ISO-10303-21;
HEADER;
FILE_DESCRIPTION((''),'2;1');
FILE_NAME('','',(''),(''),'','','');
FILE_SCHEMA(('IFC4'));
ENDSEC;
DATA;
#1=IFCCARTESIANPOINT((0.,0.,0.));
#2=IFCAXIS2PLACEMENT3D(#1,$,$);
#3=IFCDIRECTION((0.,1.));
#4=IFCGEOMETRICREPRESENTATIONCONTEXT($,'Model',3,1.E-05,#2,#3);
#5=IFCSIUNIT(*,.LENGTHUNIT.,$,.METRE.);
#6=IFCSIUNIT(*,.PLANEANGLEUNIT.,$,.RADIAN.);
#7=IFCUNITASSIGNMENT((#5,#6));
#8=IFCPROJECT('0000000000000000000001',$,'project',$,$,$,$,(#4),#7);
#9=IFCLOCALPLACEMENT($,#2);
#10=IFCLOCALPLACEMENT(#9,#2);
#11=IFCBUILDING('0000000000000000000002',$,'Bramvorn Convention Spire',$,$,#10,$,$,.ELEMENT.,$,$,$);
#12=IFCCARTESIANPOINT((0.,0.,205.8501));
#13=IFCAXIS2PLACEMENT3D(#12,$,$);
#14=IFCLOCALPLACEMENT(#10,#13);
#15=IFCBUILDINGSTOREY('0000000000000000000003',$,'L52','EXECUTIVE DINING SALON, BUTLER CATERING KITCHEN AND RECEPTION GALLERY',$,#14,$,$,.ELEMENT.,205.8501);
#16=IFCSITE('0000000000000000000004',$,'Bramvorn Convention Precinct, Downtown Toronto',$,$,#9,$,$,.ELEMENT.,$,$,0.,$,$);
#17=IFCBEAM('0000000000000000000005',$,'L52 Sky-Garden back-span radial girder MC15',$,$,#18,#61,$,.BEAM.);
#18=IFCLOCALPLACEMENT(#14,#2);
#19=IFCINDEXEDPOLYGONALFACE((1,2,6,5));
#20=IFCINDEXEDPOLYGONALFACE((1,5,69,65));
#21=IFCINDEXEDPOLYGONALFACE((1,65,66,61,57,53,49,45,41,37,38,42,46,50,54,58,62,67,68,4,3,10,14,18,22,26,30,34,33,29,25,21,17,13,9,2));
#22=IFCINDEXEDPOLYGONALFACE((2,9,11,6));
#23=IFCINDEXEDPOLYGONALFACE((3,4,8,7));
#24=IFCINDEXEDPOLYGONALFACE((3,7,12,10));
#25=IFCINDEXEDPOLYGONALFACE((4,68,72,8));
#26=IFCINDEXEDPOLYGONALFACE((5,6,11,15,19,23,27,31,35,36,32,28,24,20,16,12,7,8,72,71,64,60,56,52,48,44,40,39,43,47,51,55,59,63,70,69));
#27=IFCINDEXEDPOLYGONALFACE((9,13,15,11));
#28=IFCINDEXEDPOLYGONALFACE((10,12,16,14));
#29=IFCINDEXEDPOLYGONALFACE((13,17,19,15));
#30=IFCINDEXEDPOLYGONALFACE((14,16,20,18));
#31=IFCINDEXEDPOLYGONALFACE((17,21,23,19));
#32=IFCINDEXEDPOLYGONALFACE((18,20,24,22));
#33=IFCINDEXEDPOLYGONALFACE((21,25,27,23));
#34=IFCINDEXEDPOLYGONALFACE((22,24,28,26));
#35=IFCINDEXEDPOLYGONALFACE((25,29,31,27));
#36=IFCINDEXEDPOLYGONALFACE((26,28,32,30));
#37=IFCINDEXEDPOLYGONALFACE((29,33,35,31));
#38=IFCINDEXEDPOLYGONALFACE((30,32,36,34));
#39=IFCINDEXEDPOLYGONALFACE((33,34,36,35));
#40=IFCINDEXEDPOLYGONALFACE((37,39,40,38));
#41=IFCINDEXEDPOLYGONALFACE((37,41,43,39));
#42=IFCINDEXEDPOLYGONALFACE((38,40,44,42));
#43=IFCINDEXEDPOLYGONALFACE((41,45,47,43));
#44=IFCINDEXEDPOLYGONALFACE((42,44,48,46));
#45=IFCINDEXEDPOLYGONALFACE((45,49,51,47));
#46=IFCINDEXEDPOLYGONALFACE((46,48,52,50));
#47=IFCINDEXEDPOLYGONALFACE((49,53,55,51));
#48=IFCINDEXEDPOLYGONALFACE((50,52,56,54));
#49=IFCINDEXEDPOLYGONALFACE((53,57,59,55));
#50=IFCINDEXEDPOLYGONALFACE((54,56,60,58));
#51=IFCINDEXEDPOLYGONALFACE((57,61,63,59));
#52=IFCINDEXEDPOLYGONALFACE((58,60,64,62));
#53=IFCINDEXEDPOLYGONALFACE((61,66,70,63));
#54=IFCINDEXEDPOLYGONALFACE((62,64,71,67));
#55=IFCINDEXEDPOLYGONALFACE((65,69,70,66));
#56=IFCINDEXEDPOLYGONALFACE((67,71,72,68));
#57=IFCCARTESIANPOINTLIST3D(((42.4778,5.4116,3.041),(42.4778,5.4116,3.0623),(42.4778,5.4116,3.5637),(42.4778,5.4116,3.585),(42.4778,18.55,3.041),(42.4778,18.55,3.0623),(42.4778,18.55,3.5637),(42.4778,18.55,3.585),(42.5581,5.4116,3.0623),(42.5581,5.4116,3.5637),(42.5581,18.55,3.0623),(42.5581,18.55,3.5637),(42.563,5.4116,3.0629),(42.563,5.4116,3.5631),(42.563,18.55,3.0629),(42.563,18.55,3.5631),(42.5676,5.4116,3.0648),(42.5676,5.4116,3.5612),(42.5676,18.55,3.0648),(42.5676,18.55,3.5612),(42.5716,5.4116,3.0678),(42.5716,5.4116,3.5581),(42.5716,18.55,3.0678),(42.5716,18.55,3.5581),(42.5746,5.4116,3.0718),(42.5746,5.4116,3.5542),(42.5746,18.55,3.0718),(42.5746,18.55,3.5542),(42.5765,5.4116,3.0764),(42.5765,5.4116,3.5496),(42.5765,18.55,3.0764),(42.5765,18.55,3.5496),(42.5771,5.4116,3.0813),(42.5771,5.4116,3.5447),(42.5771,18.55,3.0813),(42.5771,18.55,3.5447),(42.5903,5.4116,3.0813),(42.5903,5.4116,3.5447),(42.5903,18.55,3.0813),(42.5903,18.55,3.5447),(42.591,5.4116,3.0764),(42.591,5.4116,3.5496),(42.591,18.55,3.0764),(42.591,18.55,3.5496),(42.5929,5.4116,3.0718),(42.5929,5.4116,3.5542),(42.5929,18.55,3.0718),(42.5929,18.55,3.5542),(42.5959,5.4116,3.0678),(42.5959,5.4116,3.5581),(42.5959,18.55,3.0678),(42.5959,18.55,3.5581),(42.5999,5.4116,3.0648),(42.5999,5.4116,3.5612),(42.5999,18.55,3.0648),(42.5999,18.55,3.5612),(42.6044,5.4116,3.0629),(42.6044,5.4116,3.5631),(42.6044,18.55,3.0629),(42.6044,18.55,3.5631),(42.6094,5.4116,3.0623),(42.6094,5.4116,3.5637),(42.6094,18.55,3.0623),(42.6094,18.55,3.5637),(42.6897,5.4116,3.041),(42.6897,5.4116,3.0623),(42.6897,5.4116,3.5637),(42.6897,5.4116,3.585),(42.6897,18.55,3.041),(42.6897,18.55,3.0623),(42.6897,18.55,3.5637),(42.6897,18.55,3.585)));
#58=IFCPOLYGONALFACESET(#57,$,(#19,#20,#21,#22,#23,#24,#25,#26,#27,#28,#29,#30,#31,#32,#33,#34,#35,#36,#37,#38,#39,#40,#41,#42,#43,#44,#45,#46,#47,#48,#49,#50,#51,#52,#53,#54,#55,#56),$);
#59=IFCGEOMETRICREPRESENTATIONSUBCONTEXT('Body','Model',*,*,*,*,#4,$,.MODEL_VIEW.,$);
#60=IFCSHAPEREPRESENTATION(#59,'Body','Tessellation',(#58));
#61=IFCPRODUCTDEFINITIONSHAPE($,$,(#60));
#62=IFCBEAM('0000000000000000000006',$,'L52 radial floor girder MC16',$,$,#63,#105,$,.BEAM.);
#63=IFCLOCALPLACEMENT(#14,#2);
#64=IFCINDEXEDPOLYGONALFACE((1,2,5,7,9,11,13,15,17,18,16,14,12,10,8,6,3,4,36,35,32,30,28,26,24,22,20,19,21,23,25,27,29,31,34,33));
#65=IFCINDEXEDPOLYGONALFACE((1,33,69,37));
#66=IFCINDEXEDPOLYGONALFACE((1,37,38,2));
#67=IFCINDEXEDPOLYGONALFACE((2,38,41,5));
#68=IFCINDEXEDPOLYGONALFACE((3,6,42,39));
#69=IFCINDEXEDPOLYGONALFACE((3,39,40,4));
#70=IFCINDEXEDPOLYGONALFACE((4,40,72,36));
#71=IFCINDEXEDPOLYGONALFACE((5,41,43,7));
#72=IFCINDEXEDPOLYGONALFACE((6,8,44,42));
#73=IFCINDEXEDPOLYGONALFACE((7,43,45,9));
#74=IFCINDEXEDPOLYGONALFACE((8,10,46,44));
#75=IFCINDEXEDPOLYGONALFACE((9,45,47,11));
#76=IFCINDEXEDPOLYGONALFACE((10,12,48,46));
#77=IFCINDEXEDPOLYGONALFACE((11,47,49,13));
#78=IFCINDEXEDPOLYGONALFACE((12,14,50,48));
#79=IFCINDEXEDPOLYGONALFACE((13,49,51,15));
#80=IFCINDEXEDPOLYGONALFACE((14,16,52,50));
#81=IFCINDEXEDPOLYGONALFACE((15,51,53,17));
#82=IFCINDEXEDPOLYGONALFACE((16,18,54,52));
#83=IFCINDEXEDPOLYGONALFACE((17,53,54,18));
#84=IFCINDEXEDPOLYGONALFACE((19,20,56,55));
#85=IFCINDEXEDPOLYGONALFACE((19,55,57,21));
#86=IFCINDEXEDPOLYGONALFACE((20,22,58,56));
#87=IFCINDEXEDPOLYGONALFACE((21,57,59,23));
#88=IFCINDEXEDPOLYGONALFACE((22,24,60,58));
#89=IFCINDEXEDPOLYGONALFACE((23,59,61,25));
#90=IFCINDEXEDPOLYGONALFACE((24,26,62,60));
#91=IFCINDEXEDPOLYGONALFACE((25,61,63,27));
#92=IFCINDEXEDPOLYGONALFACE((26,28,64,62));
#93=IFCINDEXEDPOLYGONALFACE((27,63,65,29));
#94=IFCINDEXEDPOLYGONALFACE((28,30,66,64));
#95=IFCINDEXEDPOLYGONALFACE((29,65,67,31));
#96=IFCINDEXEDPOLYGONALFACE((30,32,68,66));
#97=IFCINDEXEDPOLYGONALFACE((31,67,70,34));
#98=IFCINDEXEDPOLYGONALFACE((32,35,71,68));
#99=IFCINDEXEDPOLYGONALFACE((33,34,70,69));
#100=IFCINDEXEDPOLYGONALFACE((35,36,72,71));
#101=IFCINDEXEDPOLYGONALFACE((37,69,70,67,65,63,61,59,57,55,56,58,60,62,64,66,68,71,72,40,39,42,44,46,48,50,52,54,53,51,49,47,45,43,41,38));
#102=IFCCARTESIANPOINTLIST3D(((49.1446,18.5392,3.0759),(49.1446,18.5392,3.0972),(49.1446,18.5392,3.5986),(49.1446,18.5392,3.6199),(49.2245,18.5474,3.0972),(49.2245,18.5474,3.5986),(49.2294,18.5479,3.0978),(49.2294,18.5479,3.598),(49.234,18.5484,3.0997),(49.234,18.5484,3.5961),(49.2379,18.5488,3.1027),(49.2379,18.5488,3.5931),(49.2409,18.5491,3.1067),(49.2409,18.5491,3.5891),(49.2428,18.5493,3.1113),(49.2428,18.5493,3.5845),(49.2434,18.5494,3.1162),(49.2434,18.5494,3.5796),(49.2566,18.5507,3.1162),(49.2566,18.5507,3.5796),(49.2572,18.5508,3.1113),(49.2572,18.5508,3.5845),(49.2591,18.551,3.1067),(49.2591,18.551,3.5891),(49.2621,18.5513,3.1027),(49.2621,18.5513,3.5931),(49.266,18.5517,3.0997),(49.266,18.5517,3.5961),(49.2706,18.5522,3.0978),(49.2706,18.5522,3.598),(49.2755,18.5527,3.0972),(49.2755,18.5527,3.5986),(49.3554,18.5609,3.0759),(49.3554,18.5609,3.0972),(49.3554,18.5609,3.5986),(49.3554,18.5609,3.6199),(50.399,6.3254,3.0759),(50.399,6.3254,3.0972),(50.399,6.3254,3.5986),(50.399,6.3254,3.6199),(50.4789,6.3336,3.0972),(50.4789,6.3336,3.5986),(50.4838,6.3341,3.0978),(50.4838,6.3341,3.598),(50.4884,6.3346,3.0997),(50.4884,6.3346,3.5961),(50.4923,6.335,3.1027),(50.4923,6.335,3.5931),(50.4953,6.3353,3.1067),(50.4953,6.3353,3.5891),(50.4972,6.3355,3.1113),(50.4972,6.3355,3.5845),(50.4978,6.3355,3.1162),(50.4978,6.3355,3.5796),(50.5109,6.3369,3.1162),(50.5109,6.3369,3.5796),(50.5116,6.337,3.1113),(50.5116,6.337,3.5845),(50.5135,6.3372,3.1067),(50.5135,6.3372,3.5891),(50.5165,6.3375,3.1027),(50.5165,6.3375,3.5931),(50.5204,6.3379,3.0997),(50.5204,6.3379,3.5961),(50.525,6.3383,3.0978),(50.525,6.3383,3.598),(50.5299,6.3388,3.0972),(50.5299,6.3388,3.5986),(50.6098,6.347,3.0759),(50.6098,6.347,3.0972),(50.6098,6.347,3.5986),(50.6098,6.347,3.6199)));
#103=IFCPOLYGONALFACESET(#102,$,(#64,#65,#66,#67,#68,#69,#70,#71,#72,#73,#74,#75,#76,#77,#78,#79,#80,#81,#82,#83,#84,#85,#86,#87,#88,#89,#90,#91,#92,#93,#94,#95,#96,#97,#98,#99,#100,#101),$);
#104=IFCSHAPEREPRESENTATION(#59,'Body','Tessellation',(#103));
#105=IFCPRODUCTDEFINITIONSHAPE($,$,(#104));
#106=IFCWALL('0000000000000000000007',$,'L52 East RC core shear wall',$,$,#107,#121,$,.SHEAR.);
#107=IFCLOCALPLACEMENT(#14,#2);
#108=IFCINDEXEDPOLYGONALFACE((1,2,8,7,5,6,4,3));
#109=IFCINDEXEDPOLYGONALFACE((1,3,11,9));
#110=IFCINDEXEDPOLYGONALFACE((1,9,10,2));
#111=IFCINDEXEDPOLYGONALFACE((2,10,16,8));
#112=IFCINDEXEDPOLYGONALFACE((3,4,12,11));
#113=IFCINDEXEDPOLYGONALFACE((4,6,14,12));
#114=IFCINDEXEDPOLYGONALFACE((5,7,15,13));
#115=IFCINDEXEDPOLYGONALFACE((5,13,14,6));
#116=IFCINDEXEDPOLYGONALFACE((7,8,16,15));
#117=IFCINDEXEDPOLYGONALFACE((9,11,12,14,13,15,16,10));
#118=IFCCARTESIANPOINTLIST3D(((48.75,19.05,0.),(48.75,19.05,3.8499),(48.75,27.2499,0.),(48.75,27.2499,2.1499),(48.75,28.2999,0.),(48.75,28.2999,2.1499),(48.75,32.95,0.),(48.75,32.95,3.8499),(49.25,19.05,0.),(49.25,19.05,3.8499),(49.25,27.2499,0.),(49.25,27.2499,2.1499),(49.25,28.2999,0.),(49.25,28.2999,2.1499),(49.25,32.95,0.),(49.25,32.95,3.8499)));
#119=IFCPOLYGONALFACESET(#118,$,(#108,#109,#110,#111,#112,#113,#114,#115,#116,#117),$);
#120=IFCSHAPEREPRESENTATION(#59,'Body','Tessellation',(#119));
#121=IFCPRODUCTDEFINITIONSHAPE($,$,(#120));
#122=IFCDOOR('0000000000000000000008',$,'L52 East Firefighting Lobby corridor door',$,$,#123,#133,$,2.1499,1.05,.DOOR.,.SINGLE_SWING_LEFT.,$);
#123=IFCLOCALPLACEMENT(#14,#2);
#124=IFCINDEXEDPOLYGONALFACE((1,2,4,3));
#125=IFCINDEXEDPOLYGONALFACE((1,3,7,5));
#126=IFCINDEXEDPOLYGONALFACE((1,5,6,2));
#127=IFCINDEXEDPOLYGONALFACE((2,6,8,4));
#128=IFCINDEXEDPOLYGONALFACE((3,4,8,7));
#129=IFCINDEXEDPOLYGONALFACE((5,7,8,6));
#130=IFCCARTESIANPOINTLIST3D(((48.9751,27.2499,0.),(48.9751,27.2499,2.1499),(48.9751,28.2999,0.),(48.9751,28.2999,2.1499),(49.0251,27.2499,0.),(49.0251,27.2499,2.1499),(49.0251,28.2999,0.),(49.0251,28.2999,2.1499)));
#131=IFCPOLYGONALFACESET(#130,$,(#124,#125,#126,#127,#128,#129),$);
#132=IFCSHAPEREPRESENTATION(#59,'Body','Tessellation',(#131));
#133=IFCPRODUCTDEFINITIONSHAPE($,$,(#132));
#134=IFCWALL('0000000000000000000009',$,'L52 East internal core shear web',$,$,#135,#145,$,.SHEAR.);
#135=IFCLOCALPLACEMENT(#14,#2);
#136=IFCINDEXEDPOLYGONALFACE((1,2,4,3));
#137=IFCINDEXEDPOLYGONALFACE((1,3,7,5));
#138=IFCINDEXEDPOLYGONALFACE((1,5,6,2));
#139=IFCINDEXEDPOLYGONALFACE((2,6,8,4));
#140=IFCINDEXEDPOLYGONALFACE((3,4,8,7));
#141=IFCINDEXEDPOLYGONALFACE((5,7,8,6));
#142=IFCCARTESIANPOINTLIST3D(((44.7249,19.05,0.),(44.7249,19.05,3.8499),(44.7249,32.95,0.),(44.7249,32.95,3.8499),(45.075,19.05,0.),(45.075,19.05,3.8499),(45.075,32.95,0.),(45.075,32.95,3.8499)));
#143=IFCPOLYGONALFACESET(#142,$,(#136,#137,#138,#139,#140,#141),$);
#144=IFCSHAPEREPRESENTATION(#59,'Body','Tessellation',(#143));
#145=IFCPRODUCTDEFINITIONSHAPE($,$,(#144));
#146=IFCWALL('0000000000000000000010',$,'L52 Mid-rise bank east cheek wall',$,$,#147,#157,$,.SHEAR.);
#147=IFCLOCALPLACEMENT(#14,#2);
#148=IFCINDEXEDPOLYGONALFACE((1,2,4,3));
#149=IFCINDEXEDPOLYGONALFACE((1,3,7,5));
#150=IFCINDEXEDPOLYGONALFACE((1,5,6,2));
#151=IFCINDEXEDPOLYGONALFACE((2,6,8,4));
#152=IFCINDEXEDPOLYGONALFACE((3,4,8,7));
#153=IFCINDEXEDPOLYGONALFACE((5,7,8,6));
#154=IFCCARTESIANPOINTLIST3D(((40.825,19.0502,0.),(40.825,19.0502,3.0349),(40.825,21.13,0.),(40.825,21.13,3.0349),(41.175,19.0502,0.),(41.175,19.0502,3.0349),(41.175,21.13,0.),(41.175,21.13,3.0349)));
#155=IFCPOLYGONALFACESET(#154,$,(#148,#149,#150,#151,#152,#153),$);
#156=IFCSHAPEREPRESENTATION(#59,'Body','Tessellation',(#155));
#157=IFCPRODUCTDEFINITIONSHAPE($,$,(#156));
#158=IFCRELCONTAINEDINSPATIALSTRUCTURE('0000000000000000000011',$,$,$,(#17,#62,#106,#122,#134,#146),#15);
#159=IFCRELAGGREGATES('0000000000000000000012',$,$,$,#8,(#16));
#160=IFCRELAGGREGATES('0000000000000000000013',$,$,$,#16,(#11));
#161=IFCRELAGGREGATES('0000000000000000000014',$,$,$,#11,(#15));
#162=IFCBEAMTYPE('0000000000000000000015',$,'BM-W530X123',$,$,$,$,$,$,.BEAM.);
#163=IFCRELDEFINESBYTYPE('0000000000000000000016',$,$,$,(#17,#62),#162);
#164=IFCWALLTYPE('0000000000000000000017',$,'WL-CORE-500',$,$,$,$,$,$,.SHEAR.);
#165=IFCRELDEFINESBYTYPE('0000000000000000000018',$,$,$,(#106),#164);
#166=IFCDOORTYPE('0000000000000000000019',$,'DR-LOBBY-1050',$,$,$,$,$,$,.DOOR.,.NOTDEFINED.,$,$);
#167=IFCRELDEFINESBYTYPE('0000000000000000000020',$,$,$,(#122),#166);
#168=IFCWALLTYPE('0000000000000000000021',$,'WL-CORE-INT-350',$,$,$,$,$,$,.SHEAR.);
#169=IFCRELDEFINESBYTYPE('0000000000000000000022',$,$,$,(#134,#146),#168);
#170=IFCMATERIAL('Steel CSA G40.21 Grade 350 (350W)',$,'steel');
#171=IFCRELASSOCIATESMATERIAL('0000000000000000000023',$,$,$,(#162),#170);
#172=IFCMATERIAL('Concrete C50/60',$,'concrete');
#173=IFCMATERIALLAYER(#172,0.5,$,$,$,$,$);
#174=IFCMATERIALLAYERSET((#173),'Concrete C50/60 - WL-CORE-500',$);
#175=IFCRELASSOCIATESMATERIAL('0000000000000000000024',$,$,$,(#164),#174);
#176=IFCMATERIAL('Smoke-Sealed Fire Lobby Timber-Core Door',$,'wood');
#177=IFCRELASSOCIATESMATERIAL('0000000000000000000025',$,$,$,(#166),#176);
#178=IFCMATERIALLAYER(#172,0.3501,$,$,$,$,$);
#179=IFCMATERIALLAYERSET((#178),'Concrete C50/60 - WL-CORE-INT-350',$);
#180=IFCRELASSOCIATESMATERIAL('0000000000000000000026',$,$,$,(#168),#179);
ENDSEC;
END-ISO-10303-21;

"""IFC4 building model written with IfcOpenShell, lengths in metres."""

from ifc_helpers import new_model, si_unit, direction, frame, frame_2d, origin, origin_2d, place, context, subcontext, project, spatial, rectangle, i_section, extrude, material, layer, layer_set, material_profile, profile_set, type_object, element, fill, save


model = new_model("IFC4")

# Units and contexts
model_context = context("Model", 3, precision=1e-05, world=origin(), true_north=direction((0.0, 1.0)))
body_context = subcontext(model_context, "Body", "Model", "MODEL_VIEW")
ifc_project = project(units=[si_unit("LENGTHUNIT", "METRE"), si_unit("PLANEANGLEUNIT", "RADIAN")], contexts=[model_context])

# Site, building, storey
site_placement = place(None, origin())
site = spatial("IfcSite", under=ifc_project, at=site_placement, Name="Bramvorn Convention Precinct, Downtown Toronto", CompositionType="ELEMENT", RefElevation=0.0)
building_placement = place(site_placement, origin())
building = spatial("IfcBuilding", under=site, at=building_placement, Name="Bramvorn Convention Spire", CompositionType="ELEMENT")
storey_placement = place(building_placement, frame((0.0, 0.0, 205.8501)))
storey = spatial("IfcBuildingStorey", under=building, at=storey_placement, Name="L52", Description="EXECUTIVE DINING SALON, BUTLER CATERING KITCHEN AND RECEPTION GALLERY", CompositionType="ELEMENT", Elevation=205.8501)

# Beams
ifc_material_1 = material(Name="Steel CSA G40.21 Grade 350 (350W)", Category="steel")
ifc_material_profile_1 = material_profile(ifc_material_1, i_section(OverallWidth=0.2119, OverallDepth=0.5439, WebThickness=0.0132, FlangeThickness=0.0212, FilletRadius=0.019, at=origin_2d()))
ifc_profile_set_1 = profile_set([ifc_material_profile_1], Name="Steel CSA G40.21 Grade 350 (350W) - W530X123")
beam_type_1 = type_object("IfcBeamType", Name="BM-W530X123", PredefinedType="BEAM", material=ifc_profile_set_1)
beam_1_placement = place(storey_placement, frame((42.5837, 18.55, 3.313), z_axis=(0.0, -1.0, 0.0), x_axis=(1.0, 0.0, 0.0)))
element("IfcBeam", 1, at=beam_1_placement, inside=storey, type_object=beam_type_1, Name="L52 Sky-Garden back-span radial girder MC15", PredefinedType="BEAM", context=body_context, shape_type="SweptSolid", body=[
    extrude(i_section(OverallWidth=0.2119, OverallDepth=0.5439, WebThickness=0.0132, FlangeThickness=0.0212, FilletRadius=0.019, at=origin_2d()), origin(), (0.0, 0.0, 1.0), 13.1384),
])
beam_2_placement = place(storey_placement, frame((49.25, 18.55, 3.3479), z_axis=(0.102165, -0.994767, 0.0), x_axis=(0.994767, 0.102165, 0.0)))
element("IfcBeam", 2, at=beam_2_placement, inside=storey, type_object=beam_type_1, Name="L52 radial floor girder MC16", PredefinedType="BEAM", context=body_context, shape_type="SweptSolid", body=[
    extrude(i_section(OverallWidth=0.2119, OverallDepth=0.5439, WebThickness=0.0132, FlangeThickness=0.0212, FilletRadius=0.019, at=origin_2d()), origin(), (0.0, 0.0, 1.0), 12.2781),
])

# Wall, opening, door
ifc_material_2 = material(Name="Concrete C50/60", Category="concrete")
ifc_layer_1 = layer(ifc_material_2, 0.5)
ifc_layer_set_1 = layer_set([ifc_layer_1], Name="Concrete C50/60 - WL-CORE-500")
wall_type_1 = type_object("IfcWallType", Name="WL-CORE-500", PredefinedType="SHEAR", material=ifc_layer_set_1)
wall_1_placement = place(storey_placement, frame((49.0, 19.05, 0.0), z_axis=(0.0, 0.0, 1.0), x_axis=(0.0, 1.0, 0.0)))
wall_1 = element("IfcWall", 3, at=wall_1_placement, inside=storey, type_object=wall_type_1, Name="L52 East RC core shear wall", PredefinedType="SHEAR", context=body_context, shape_type="SweptSolid", body=[
    extrude(rectangle(XDim=13.8999, YDim=0.5, at=frame_2d((6.95, 0.0))), origin(), (0.0, 0.0, 1.0), 3.8499),
])
opening_1_placement = place(wall_1_placement, frame((8.2, 0.0, 0.0)))
opening_1 = element("IfcOpeningElement", 4, at=opening_1_placement, cuts=wall_1, PredefinedType="OPENING", context=body_context, shape_type="SweptSolid", body=[
    extrude(rectangle(XDim=1.05, YDim=2.1499, at=frame_2d((0.5249, 1.075))), frame((0.0, 0.26, 0.0), z_axis=(0.0, -1.0, 0.0), x_axis=(1.0, 0.0, 0.0)), (0.0, 0.0, 1.0), 0.52),
])
ifc_material_3 = material(Name="Smoke-Sealed Fire Lobby Timber-Core Door", Category="wood")
door_type_1 = type_object("IfcDoorType", Name="DR-LOBBY-1050", OperationType="NOTDEFINED", PredefinedType="DOOR", material=ifc_material_3)
door_1_placement = place(opening_1_placement, origin())
door_1 = element("IfcDoor", 5, at=door_1_placement, inside=storey, type_object=door_type_1, Name="L52 East Firefighting Lobby corridor door", OperationType="SINGLE_SWING_LEFT", OverallHeight=2.1499, OverallWidth=1.05, PredefinedType="DOOR", context=body_context, shape_type="SweptSolid", body=[
    extrude(rectangle(XDim=1.05, YDim=2.1499, at=frame_2d((0.5249, 1.075))), frame((0.0, 0.0249, 0.0), z_axis=(0.0, -1.0, 0.0), x_axis=(1.0, 0.0, 0.0)), (0.0, 0.0, 1.0), 0.05),
])
fill(opening_1, door_1)

# Wall
ifc_layer_2 = layer(ifc_material_2, 0.3501)
ifc_layer_set_2 = layer_set([ifc_layer_2], Name="Concrete C50/60 - WL-CORE-INT-350")
wall_type_2 = type_object("IfcWallType", Name="WL-CORE-INT-350", PredefinedType="SHEAR", material=ifc_layer_set_2)
wall_2_placement = place(storey_placement, frame((44.8999, 19.05, 0.0), z_axis=(0.0, 0.0, 1.0), x_axis=(0.0, 1.0, 0.0)))
element("IfcWall", 6, at=wall_2_placement, inside=storey, type_object=wall_type_2, Name="L52 East internal core shear web", PredefinedType="SHEAR", context=body_context, shape_type="SweptSolid", body=[
    extrude(rectangle(XDim=13.8999, YDim=0.3501, at=frame_2d((6.95, 0.0))), origin(), (0.0, 0.0, 1.0), 3.8499),
])

# Wall
wall_3_placement = place(storey_placement, frame((41.0, 19.05, 0.0), z_axis=(0.0, 0.0, 1.0), x_axis=(0.0, 1.0, 0.0)))
element("IfcWall", 7, at=wall_3_placement, inside=storey, type_object=wall_type_2, Name="L52 Mid-rise bank east cheek wall", PredefinedType="SHEAR", context=body_context, shape_type="SweptSolid", body=[
    extrude(rectangle(XDim=2.0798, YDim=0.3501, at=frame_2d((1.04, 0.0))), origin(), (0.0, 0.0, 1.0), 3.0349),
])

save(model, "model.ifc")
